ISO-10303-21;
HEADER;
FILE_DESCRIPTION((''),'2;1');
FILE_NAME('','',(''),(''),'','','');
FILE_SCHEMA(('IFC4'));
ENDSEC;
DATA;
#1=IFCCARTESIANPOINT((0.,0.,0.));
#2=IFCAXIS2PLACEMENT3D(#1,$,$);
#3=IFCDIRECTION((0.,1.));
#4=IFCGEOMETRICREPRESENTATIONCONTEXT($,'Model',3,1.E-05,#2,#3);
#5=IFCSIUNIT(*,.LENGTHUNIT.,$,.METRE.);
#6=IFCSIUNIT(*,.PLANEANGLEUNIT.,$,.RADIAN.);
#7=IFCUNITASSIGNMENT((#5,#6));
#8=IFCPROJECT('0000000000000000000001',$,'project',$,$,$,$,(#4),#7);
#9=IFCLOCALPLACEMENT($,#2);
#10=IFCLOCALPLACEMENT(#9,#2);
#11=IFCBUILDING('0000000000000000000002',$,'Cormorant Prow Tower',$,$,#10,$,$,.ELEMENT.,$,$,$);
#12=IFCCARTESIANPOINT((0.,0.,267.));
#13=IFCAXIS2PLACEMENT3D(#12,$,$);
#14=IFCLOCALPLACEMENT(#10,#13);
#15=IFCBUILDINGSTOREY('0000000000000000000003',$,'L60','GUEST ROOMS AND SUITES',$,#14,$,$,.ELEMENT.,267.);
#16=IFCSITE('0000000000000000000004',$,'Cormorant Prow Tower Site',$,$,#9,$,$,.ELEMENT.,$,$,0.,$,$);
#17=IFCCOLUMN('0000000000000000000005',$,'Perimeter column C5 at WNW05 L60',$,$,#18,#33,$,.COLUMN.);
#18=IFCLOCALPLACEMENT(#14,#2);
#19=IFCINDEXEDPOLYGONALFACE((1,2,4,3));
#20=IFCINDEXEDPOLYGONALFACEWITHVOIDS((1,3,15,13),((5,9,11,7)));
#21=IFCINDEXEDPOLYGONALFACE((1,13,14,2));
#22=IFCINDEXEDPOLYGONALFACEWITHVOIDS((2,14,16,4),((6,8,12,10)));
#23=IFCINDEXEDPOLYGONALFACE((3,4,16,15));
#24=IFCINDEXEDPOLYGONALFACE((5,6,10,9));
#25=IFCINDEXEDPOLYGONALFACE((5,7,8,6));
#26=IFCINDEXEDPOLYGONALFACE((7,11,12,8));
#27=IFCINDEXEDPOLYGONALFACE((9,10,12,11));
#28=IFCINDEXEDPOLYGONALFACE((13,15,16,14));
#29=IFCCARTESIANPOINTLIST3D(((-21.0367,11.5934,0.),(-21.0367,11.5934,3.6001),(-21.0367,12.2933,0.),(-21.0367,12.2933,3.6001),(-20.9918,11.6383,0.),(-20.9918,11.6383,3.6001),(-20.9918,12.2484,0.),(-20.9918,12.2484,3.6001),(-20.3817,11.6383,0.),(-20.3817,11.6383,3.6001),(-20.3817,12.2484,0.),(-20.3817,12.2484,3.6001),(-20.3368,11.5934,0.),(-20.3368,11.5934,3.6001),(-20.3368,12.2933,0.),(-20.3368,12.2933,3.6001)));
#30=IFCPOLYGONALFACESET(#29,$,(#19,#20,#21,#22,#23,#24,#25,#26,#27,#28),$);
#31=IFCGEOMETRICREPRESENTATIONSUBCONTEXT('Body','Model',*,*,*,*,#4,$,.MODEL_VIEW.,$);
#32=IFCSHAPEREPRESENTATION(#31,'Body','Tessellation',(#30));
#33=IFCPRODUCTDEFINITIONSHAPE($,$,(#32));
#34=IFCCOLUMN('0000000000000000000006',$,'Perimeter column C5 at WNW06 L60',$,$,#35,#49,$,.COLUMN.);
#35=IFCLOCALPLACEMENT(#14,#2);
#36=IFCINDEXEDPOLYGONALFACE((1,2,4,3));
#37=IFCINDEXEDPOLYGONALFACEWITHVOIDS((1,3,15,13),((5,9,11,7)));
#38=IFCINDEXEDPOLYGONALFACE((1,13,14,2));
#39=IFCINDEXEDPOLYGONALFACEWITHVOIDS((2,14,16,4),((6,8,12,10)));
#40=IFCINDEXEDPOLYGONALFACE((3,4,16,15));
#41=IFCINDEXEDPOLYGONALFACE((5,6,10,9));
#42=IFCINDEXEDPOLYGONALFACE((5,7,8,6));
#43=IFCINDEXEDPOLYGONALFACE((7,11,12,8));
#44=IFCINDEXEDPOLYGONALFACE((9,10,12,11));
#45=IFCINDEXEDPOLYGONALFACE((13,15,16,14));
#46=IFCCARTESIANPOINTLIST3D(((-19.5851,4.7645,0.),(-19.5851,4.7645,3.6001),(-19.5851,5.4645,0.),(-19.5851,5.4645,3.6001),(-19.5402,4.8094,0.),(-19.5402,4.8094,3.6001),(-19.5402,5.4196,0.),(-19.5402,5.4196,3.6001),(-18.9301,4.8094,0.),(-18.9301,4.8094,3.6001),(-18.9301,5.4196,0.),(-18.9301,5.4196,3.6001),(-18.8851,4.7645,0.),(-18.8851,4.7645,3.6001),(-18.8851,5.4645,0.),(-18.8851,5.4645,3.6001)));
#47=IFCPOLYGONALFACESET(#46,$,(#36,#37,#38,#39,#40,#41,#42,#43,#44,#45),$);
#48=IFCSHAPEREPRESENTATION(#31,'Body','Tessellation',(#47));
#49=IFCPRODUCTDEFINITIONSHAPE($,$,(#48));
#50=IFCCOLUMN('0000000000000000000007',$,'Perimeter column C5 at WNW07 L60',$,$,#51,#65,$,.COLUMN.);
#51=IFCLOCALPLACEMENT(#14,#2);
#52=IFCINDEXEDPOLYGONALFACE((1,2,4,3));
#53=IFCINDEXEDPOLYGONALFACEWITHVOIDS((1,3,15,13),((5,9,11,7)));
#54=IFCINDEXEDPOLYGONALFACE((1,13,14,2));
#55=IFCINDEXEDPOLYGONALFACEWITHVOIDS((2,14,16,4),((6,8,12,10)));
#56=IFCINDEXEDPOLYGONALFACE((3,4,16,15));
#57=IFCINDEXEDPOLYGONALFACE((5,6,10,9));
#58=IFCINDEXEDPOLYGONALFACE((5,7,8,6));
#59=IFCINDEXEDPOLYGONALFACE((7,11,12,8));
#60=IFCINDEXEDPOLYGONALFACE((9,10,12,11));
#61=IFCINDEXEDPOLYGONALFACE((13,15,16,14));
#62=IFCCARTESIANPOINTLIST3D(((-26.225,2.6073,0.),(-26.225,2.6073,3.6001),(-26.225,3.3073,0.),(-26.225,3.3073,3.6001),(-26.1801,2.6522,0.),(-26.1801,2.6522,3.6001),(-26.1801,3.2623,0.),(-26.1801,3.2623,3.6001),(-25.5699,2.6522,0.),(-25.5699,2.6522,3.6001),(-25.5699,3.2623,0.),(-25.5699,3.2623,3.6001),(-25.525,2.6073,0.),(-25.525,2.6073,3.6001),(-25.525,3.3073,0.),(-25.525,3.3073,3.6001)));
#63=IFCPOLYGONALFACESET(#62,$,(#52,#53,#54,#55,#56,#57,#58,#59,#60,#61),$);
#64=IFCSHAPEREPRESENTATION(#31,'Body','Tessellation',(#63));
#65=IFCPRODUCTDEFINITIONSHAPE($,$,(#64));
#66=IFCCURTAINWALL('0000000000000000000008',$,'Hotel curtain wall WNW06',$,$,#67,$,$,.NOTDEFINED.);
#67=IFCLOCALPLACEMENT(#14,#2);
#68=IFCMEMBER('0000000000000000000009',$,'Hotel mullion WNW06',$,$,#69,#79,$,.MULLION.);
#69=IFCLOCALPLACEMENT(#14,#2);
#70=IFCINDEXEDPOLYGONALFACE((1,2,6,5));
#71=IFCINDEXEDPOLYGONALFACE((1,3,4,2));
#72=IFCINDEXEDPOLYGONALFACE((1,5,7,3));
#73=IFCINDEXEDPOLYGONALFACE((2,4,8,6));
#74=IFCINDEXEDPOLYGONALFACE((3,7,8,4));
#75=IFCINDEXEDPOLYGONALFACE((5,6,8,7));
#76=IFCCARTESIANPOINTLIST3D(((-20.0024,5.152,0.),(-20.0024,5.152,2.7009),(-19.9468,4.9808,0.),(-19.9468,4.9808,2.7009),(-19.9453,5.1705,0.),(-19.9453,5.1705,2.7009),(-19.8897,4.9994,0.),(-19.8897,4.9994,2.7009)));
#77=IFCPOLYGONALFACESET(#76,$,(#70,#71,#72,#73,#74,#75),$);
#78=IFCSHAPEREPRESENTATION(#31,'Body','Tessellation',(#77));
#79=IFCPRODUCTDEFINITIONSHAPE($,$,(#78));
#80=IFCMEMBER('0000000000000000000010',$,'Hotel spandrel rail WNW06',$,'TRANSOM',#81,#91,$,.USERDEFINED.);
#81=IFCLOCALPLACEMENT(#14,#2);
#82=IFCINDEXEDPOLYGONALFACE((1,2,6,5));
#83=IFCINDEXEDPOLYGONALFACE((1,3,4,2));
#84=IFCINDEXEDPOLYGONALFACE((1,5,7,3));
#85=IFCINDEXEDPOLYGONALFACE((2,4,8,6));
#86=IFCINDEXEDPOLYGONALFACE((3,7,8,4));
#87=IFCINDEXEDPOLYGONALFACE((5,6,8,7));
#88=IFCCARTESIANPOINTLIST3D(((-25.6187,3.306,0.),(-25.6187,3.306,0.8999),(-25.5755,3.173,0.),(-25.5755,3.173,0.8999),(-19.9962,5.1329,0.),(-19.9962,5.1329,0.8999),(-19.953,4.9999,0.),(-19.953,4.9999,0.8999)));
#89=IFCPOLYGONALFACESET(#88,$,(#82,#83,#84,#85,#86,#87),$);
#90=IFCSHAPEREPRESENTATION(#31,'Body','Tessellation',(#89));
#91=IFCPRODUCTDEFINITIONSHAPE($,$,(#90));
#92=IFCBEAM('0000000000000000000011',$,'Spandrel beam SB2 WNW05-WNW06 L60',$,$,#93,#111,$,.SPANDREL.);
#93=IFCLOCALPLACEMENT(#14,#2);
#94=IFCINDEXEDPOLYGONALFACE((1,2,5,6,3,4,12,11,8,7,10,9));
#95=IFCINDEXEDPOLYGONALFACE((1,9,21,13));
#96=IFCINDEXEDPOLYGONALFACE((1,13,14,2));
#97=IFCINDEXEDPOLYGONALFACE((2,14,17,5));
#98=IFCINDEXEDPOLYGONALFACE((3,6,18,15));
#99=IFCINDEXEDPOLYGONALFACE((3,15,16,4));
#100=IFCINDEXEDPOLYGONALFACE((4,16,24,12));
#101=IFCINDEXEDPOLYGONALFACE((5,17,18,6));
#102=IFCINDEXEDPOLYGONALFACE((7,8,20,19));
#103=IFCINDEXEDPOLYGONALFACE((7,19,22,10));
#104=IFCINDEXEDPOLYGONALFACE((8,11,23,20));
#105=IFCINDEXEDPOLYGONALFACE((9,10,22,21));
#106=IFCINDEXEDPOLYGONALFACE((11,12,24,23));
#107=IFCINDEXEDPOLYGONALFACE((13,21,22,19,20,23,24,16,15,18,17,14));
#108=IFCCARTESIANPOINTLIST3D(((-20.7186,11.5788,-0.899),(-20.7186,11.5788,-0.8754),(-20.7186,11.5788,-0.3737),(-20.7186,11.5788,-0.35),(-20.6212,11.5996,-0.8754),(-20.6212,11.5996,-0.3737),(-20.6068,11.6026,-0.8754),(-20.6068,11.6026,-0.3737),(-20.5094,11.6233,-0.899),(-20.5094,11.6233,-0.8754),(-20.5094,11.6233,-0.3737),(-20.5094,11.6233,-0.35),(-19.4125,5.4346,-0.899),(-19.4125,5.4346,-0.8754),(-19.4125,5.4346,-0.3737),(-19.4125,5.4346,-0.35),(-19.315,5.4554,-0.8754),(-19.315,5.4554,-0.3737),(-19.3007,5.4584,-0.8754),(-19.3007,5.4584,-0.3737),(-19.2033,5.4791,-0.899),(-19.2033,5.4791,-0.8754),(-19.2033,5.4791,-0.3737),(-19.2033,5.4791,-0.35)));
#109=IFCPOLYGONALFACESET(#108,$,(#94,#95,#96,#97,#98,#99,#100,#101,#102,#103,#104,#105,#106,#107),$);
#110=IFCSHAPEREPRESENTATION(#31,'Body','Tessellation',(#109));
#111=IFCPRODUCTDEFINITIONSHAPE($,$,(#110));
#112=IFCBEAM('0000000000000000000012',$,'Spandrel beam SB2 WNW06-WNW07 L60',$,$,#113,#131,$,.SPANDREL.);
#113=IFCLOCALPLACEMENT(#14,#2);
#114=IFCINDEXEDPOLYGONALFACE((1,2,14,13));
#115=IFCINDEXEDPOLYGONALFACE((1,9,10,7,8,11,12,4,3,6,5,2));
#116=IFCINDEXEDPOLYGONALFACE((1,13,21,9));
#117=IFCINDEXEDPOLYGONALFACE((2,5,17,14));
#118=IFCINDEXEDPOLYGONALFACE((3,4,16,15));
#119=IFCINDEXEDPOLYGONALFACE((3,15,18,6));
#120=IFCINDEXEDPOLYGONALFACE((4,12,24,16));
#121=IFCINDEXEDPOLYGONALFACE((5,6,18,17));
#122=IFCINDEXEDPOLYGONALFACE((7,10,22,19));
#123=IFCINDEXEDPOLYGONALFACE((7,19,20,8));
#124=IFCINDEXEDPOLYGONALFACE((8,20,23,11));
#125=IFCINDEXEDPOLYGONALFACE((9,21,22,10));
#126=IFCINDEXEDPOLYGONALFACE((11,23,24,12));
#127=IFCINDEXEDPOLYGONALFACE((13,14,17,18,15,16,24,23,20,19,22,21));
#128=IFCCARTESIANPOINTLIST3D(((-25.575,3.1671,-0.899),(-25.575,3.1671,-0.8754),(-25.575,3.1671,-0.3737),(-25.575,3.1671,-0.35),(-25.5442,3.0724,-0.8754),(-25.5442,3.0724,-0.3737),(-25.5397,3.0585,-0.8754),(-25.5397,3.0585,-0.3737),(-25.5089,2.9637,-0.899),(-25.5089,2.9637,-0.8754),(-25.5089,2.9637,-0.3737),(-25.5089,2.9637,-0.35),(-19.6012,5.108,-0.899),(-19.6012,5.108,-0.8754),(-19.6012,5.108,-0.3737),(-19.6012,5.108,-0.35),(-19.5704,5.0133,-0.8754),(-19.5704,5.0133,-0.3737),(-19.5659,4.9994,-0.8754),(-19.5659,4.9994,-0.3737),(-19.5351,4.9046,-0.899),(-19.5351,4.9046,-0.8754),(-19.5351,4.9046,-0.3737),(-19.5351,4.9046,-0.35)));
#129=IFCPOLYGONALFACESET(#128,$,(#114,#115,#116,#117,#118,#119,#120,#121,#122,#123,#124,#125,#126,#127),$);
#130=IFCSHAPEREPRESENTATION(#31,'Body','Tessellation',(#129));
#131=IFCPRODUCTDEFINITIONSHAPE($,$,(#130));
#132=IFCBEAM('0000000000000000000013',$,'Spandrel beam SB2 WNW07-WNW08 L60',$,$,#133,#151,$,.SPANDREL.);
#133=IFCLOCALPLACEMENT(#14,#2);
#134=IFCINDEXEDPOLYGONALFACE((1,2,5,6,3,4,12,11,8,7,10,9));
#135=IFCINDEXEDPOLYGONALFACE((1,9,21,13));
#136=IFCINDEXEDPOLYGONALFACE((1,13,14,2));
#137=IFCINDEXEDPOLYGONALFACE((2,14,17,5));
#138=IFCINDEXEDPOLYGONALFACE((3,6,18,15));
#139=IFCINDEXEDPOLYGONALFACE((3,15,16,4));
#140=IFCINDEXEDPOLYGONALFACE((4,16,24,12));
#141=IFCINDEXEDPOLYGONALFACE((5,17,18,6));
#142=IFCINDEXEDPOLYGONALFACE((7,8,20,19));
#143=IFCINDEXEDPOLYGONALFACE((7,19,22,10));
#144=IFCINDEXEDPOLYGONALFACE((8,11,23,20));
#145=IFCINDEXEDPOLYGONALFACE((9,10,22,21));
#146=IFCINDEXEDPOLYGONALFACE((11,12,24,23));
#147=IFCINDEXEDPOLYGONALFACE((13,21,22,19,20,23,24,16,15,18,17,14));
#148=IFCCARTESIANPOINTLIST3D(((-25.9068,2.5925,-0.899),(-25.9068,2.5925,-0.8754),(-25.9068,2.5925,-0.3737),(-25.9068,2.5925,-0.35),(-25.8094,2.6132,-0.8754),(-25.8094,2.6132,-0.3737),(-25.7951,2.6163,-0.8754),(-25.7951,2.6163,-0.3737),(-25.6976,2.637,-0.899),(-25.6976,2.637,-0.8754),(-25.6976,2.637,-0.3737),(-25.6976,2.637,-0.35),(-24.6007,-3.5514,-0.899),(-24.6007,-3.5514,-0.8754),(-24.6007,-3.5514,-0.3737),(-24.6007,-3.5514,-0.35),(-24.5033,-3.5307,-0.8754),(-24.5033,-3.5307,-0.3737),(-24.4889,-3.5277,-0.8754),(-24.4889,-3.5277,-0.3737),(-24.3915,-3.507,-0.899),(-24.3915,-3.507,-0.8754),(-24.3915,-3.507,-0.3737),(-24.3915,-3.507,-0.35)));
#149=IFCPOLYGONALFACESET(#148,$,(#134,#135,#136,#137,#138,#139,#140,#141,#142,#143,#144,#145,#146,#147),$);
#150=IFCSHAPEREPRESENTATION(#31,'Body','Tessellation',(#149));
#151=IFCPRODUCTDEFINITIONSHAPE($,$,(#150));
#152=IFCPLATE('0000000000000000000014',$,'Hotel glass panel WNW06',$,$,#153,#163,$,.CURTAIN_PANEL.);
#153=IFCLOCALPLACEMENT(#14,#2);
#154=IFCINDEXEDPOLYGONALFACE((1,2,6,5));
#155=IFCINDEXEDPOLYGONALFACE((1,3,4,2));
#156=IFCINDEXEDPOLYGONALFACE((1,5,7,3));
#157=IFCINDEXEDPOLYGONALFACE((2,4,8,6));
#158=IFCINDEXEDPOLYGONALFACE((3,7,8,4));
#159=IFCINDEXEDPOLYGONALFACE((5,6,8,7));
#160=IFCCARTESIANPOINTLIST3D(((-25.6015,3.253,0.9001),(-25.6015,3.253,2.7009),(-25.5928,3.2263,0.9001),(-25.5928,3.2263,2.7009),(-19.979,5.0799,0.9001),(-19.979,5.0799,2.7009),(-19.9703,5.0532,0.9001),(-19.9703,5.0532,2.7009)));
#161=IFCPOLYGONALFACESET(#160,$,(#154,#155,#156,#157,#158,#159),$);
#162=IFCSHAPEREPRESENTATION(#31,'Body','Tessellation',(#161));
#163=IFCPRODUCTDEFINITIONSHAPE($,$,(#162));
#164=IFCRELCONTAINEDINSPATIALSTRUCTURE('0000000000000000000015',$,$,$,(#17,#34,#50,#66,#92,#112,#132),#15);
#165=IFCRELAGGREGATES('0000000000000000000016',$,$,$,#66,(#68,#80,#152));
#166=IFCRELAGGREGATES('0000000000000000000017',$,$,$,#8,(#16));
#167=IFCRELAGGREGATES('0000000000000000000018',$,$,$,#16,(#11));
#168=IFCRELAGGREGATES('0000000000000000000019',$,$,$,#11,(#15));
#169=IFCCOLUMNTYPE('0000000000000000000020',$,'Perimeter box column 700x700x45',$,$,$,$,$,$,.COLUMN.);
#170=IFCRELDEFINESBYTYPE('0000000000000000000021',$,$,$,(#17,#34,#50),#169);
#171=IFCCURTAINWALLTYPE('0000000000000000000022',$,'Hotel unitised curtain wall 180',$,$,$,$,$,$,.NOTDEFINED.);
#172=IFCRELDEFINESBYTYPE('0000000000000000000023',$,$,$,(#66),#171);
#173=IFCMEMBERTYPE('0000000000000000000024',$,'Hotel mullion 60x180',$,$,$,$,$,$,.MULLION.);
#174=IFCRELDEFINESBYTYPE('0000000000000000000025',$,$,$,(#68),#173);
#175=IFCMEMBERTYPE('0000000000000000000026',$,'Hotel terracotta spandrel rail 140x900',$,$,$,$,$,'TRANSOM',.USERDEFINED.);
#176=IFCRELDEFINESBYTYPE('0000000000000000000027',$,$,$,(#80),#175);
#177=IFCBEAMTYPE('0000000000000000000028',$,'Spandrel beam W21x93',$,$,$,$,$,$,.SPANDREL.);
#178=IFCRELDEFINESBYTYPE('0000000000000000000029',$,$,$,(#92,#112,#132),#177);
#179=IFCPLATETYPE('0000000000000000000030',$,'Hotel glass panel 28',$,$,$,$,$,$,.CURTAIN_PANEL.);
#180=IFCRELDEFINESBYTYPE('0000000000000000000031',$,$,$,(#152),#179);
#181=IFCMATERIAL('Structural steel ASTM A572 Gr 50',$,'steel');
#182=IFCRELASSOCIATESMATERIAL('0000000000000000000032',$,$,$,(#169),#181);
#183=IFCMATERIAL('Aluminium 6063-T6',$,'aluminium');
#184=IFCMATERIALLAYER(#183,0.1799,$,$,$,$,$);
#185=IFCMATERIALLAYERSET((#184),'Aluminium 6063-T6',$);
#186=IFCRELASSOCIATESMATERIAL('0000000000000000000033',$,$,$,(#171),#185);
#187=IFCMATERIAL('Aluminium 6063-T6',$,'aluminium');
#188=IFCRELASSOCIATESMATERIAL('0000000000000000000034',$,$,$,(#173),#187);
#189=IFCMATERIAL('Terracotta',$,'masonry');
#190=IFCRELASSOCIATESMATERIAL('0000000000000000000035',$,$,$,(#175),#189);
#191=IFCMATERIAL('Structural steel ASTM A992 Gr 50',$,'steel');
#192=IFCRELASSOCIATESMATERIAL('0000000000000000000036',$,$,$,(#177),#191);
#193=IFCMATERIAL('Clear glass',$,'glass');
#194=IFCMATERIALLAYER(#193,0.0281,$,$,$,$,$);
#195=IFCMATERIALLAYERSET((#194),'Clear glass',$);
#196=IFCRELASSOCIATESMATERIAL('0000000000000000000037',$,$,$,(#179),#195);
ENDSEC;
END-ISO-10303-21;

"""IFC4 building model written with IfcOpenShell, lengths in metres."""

from ifc_helpers import new_model, si_unit, direction, frame, origin, origin_2d, place, context, subcontext, project, spatial, rectangle, hollow_rectangle, i_section, extrude, material, layer, layer_set, material_profile, profile_set, type_object, element, aggregate, save


model = new_model("IFC4")

# Units and contexts
model_context = context("Model", 3, precision=1e-05, world=origin(), true_north=direction((0.0, 1.0)))
body_context = subcontext(model_context, "Body", "Model", "MODEL_VIEW")
ifc_project = project(units=[si_unit("LENGTHUNIT", "METRE"), si_unit("PLANEANGLEUNIT", "RADIAN")], contexts=[model_context])

# Site, building, storey
site_placement = place(None, origin())
site = spatial("IfcSite", under=ifc_project, at=site_placement, Name="Cormorant Prow Tower Site", CompositionType="ELEMENT", RefElevation=0.0)
building_placement = place(site_placement, origin())
building = spatial("IfcBuilding", under=site, at=building_placement, Name="Cormorant Prow Tower", CompositionType="ELEMENT")
storey_placement = place(building_placement, frame((0.0, 0.0, 267.0)))
storey = spatial("IfcBuildingStorey", under=building, at=storey_placement, Name="L60", Description="GUEST ROOMS AND SUITES", CompositionType="ELEMENT", Elevation=267.0)

# Columns
ifc_material_1 = material(Name="Structural steel ASTM A572 Gr 50", Category="steel")
ifc_material_profile_1 = material_profile(ifc_material_1, hollow_rectangle(XDim=0.7, YDim=0.7, WallThickness=0.0449, at=origin_2d()), Name="Box 700x700x45")
ifc_profile_set_1 = profile_set([ifc_material_profile_1], Name="Structural steel ASTM A572 Gr 50")
column_type = type_object("IfcColumnType", Name="Perimeter box column 700x700x45", PredefinedType="COLUMN", material=ifc_profile_set_1)
for number, where, z_axis, x_axis, name in (
    (1, (-20.6868, 11.9434, 0.0), (0.0, 0.0, 1.0), (1.0, 0.0, 0.0), "Perimeter column C5 at WNW05 L60"),
    (2, (-19.2351, 5.1145, 0.0), (0.0, 0.0, 1.0), (1.0, 0.0, 0.0), "Perimeter column C5 at WNW06 L60"),
    (3, (-25.875, 2.9573, 0.0), (0.0, 0.0, 1.0), (1.0, 0.0, 0.0), "Perimeter column C5 at WNW07 L60"),
):
    element("IfcColumn", number, at=place(storey_placement, frame(where, z_axis=z_axis, x_axis=x_axis)), inside=storey, type_object=column_type, Name=name, PredefinedType="COLUMN", context=body_context, shape_type="SweptSolid", body=[
        extrude(hollow_rectangle(XDim=0.7, YDim=0.7, WallThickness=0.0449, at=origin_2d()), origin(), (0.0, 0.0, 1.0), 3.6001),
    ])

# Curtain wall, members
ifc_material_2 = material(Name="Aluminium 6063-T6", Category="aluminium")
ifc_layer_1 = layer(ifc_material_2, 0.1799)
ifc_layer_set_1 = layer_set([ifc_layer_1], Name="Aluminium 6063-T6")
curtain_wall_type = type_object("IfcCurtainWallType", Name="Hotel unitised curtain wall 180", PredefinedType="NOTDEFINED", material=ifc_layer_set_1)
curtain_wall_placement = place(storey_placement, origin())
curtain_wall = element("IfcCurtainWall", 4, at=curtain_wall_placement, inside=storey, type_object=curtain_wall_type, Name="Hotel curtain wall WNW06", PredefinedType="NOTDEFINED")
ifc_material_3 = material(Name="Aluminium 6063-T6", Category="aluminium")
ifc_material_profile_2 = material_profile(ifc_material_3, rectangle(XDim=0.1799, YDim=0.0601, at=origin_2d()), Name="Hotel mullion 60x180")
ifc_profile_set_2 = profile_set([ifc_material_profile_2], Name="Aluminium 6063-T6")
member_type_1 = type_object("IfcMemberType", Name="Hotel mullion 60x180", PredefinedType="MULLION", material=ifc_profile_set_2)
member_1_placement = place(storey_placement, frame((-19.946, 5.0757, 0.0), z_axis=(0.0, 0.0, 1.0), x_axis=(0.309017, -0.951057, 0.0)))
member_1 = element("IfcMember", 5, at=member_1_placement, type_object=member_type_1, Name="Hotel mullion WNW06", PredefinedType="MULLION", context=body_context, shape_type="SweptSolid", body=[
    extrude(rectangle(XDim=0.1799, YDim=0.0601, at=origin_2d()), origin(), (0.0, 0.0, 1.0), 2.7009),
])
ifc_material_4 = material(Name="Terracotta", Category="masonry")
ifc_material_profile_3 = material_profile(ifc_material_4, rectangle(XDim=0.1399, YDim=0.8999, at=origin_2d()), Name="Hotel terracotta spandrel rail 140x900")
ifc_profile_set_3 = profile_set([ifc_material_profile_3], Name="Terracotta")
member_type_2 = type_object("IfcMemberType", Name="Hotel terracotta spandrel rail 140x900", ElementType="TRANSOM", PredefinedType="USERDEFINED", material=ifc_profile_set_3)
member_2_placement = place(storey_placement, frame((-19.9746, 5.0664, 0.45), z_axis=(-0.951055, -0.309021, 0.0), x_axis=(0.309021, -0.951055, 0.0)))
member_2 = element("IfcMember", 6, at=member_2_placement, type_object=member_type_2, Name="Hotel spandrel rail WNW06", ObjectType="TRANSOM", PredefinedType="USERDEFINED", context=body_context, shape_type="SweptSolid", body=[
    extrude(rectangle(XDim=0.1399, YDim=0.8999, at=origin_2d()), origin(), (0.0, 0.0, 1.0), 5.9119),
])

# Beams
ifc_material_5 = material(Name="Structural steel ASTM A992 Gr 50", Category="steel")
ifc_material_profile_4 = material_profile(ifc_material_5, i_section(OverallWidth=0.2139, OverallDepth=0.5491, WebThickness=0.0146, FlangeThickness=0.0237, at=origin_2d()), Name="W21x93")
ifc_profile_set_4 = profile_set([ifc_material_profile_4], Name="Structural steel ASTM A992 Gr 50")
beam_type = type_object("IfcBeamType", Name="Spandrel beam W21x93", PredefinedType="SPANDREL", material=ifc_profile_set_4)
beam_placement = place(storey_placement, frame((-20.614, 11.6011, -0.6245), z_axis=(0.207934, -0.978143, 0.0), x_axis=(0.978143, 0.207934, 0.0)))
element("IfcBeam", 7, at=beam_placement, inside=storey, type_object=beam_type, Name="Spandrel beam SB2 WNW05-WNW06 L60", PredefinedType="SPANDREL", context=body_context, shape_type="SweptSolid", body=[
    extrude(i_section(OverallWidth=0.2139, OverallDepth=0.5491, WebThickness=0.0146, FlangeThickness=0.0237, at=origin_2d()), origin(), (0.0, 0.0, 1.0), 6.2815),
])
for number, where, z_axis, x_axis, name in (
    (8, (-19.5681, 5.0063, -0.6245), (-0.951062, -0.309001, 0.0), (0.309001, -0.951062, 0.0), "Spandrel beam SB2 WNW06-WNW07 L60"),
    (9, (-25.8022, 2.6147, -0.6245), (0.207941, -0.978141, 0.0), (0.978141, 0.207941, 0.0), "Spandrel beam SB2 WNW07-WNW08 L60"),
):
    element("IfcBeam", number, at=place(storey_placement, frame(where, z_axis=z_axis, x_axis=x_axis)), inside=storey, type_object=beam_type, Name=name, PredefinedType="SPANDREL", context=body_context, shape_type="SweptSolid", body=[
        extrude(i_section(OverallWidth=0.2139, OverallDepth=0.5491, WebThickness=0.0146, FlangeThickness=0.0237, at=origin_2d()), origin(), (0.0, 0.0, 1.0), 6.2812),
    ])

# Plate
ifc_material_6 = material(Name="Clear glass", Category="glass")
ifc_layer_2 = layer(ifc_material_6, 0.0281)
ifc_layer_set_2 = layer_set([ifc_layer_2], Name="Clear glass")
plate_type = type_object("IfcPlateType", Name="Hotel glass panel 28", PredefinedType="CURTAIN_PANEL", material=ifc_layer_set_2)
plate_placement = place(storey_placement, frame((-22.7859, 4.1531, 0.9001), z_axis=(0.0, 0.0, 1.0), x_axis=(-0.951057, -0.309017, 0.0)))
plate = element("IfcPlate", 10, at=plate_placement, type_object=plate_type, Name="Hotel glass panel WNW06", PredefinedType="CURTAIN_PANEL", context=body_context, shape_type="SweptSolid", body=[
    extrude(rectangle(XDim=5.9119, YDim=0.0281, at=origin_2d()), origin(), (0.0, 0.0, 1.0), 1.8008),
])
aggregate(curtain_wall, [member_1, member_2, plate])

save(model, "model.ifc")
